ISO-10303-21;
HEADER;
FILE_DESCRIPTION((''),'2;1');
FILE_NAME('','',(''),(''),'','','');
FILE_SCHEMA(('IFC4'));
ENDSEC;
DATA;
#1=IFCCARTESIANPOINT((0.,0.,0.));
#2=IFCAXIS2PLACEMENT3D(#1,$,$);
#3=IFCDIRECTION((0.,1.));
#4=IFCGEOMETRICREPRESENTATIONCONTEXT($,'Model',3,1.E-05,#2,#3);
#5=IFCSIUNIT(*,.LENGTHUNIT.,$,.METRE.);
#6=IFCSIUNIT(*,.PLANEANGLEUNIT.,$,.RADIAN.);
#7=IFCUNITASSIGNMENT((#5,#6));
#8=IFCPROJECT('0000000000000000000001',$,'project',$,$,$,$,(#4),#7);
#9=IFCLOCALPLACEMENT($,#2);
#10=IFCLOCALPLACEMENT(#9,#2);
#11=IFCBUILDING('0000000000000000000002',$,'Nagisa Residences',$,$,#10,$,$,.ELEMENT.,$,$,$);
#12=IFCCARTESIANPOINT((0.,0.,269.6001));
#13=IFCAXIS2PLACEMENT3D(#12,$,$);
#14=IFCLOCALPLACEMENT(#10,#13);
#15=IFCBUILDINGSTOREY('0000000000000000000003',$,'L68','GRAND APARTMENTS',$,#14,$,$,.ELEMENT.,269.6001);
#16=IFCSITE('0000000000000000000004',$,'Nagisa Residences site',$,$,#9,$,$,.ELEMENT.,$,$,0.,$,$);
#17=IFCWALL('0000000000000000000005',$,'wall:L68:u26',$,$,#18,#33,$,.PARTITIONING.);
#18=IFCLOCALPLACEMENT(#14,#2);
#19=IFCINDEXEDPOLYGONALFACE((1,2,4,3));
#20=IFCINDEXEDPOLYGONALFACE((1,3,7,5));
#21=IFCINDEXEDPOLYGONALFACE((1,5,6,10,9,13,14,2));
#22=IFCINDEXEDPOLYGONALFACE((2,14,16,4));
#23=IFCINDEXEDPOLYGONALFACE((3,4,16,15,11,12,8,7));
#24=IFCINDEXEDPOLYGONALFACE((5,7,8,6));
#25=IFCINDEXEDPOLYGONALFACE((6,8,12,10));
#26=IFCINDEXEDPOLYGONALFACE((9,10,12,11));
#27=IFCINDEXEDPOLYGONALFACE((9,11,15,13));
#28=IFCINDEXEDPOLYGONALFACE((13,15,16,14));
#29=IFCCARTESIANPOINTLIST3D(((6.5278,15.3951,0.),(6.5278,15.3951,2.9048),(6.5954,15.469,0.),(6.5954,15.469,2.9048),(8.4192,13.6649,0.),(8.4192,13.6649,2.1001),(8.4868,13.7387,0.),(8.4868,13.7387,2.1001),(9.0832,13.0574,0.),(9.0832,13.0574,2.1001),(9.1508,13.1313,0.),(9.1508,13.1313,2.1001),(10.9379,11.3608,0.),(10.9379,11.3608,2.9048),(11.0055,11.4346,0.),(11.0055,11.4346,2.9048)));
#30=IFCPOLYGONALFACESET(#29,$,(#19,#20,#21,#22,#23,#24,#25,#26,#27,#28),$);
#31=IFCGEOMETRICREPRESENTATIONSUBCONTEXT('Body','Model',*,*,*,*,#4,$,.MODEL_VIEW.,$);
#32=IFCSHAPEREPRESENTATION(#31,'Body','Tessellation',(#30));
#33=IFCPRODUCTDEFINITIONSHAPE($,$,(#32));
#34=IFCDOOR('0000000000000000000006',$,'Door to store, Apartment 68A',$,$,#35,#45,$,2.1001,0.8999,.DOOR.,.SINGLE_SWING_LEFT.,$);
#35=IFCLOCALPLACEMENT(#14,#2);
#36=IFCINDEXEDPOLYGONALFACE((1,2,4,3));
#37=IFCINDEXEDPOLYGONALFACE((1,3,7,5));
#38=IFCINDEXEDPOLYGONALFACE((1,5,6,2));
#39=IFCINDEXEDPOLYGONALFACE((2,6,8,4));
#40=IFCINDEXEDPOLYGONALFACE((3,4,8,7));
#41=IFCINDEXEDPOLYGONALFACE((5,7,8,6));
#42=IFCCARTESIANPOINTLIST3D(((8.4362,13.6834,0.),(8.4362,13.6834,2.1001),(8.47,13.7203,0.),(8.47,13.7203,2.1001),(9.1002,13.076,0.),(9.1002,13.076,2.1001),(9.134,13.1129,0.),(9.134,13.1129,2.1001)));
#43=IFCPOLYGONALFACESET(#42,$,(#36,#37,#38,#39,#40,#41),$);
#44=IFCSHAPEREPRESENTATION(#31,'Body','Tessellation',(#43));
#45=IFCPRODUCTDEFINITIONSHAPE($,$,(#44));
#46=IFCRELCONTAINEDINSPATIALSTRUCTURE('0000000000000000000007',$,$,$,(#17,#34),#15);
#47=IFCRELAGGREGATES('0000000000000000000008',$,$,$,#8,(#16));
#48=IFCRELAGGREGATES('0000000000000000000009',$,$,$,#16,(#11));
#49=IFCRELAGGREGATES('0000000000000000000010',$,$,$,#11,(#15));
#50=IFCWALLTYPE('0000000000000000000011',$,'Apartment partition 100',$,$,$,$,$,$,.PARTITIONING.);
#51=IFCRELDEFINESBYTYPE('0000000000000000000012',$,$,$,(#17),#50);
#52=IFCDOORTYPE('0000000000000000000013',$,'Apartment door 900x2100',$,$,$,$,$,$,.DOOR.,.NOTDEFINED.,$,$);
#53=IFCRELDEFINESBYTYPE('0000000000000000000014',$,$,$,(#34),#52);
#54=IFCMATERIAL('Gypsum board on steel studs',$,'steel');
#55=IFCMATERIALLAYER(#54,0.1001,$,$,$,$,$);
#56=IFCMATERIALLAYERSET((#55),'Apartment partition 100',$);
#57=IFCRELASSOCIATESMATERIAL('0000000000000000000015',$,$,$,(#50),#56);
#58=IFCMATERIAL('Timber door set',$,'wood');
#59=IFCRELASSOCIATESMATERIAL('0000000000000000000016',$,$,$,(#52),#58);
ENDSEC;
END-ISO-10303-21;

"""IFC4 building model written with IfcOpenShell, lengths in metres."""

from ifc_helpers import new_model, si_unit, direction, frame, frame_2d, origin, place, context, subcontext, project, spatial, rectangle, extrude, material, layer, layer_set, type_object, element, fill, save


model = new_model("IFC4")

# Units and contexts
model_context = context("Model", 3, precision=1e-05, world=origin(), true_north=direction((0.0, 1.0)))
body_context = subcontext(model_context, "Body", "Model", "MODEL_VIEW")
ifc_project = project(units=[si_unit("LENGTHUNIT", "METRE"), si_unit("PLANEANGLEUNIT", "RADIAN")], contexts=[model_context])

# Site, building, storey
site_placement = place(None, origin())
site = spatial("IfcSite", under=ifc_project, at=site_placement, Name="Nagisa Residences site", CompositionType="ELEMENT", RefElevation=0.0)
building_placement = place(site_placement, origin())
building = spatial("IfcBuilding", under=site, at=building_placement, Name="Nagisa Residences", CompositionType="ELEMENT")
storey_placement = place(building_placement, frame((0.0, 0.0, 269.6001)))
storey = spatial("IfcBuildingStorey", under=building, at=storey_placement, Name="L68", Description="GRAND APARTMENTS", CompositionType="ELEMENT", Elevation=269.6001)

# Wall, opening, door
ifc_material_1 = material(Name="Gypsum board on steel studs", Category="steel")
ifc_layer_1 = layer(ifc_material_1, 0.1001)
ifc_layer_set_1 = layer_set([ifc_layer_1], Name="Apartment partition 100")
wall_type_1 = type_object("IfcWallType", Name="Apartment partition 100", PredefinedType="PARTITIONING", material=ifc_layer_set_1)
ifc_material_2 = material(Name="Timber door set", Category="wood")
door_type_1 = type_object("IfcDoorType", Name="Apartment door 900x2100", OperationType="NOTDEFINED", PredefinedType="DOOR", material=ifc_material_2)
wall_1_placement = place(storey_placement, frame((10.9717, 11.3977, 0.0), z_axis=(0.0, 0.0, 1.0), x_axis=(-0.737839, 0.674977, 0.0)))
wall_1 = element("IfcWall", 1, at=wall_1_placement, inside=storey, type_object=wall_type_1, Name="wall:L68:u26", PredefinedType="PARTITIONING", context=body_context, shape_type="SweptSolid", body=[
    extrude(rectangle(XDim=5.9771, YDim=0.1001, at=frame_2d((2.9885, 0.0))), origin(), (0.0, 0.0, 1.0), 2.9048),
])
opening_1_placement = place(wall_1_placement, frame((2.5137, 0.0, 0.0)))
opening_1 = element("IfcOpeningElement", 2, at=opening_1_placement, cuts=wall_1, PredefinedType="OPENING", context=body_context, shape_type="SweptSolid", body=[
    extrude(rectangle(XDim=0.8999, YDim=2.1001, at=frame_2d((0.45, 1.05))), frame((0.0, 0.0601, 0.0), z_axis=(0.0, -1.0, 0.0), x_axis=(1.0, 0.0, 0.0)), (0.0, 0.0, 1.0), 0.1201),
])
door_1_placement = place(opening_1_placement, origin())
door_1 = element("IfcDoor", 3, at=door_1_placement, inside=storey, type_object=door_type_1, Name="Door to store, Apartment 68A", OperationType="SINGLE_SWING_LEFT", OverallHeight=2.1001, OverallWidth=0.8999, PredefinedType="DOOR", context=body_context, shape_type="SweptSolid", body=[
    extrude(rectangle(XDim=0.8999, YDim=2.1001, at=frame_2d((0.45, 1.05))), frame((0.0, 0.0249, 0.0), z_axis=(0.0, -1.0, 0.0), x_axis=(1.0, 0.0, 0.0)), (0.0, 0.0, 1.0), 0.05),
])
fill(opening_1, door_1)

save(model, "model.ifc")
